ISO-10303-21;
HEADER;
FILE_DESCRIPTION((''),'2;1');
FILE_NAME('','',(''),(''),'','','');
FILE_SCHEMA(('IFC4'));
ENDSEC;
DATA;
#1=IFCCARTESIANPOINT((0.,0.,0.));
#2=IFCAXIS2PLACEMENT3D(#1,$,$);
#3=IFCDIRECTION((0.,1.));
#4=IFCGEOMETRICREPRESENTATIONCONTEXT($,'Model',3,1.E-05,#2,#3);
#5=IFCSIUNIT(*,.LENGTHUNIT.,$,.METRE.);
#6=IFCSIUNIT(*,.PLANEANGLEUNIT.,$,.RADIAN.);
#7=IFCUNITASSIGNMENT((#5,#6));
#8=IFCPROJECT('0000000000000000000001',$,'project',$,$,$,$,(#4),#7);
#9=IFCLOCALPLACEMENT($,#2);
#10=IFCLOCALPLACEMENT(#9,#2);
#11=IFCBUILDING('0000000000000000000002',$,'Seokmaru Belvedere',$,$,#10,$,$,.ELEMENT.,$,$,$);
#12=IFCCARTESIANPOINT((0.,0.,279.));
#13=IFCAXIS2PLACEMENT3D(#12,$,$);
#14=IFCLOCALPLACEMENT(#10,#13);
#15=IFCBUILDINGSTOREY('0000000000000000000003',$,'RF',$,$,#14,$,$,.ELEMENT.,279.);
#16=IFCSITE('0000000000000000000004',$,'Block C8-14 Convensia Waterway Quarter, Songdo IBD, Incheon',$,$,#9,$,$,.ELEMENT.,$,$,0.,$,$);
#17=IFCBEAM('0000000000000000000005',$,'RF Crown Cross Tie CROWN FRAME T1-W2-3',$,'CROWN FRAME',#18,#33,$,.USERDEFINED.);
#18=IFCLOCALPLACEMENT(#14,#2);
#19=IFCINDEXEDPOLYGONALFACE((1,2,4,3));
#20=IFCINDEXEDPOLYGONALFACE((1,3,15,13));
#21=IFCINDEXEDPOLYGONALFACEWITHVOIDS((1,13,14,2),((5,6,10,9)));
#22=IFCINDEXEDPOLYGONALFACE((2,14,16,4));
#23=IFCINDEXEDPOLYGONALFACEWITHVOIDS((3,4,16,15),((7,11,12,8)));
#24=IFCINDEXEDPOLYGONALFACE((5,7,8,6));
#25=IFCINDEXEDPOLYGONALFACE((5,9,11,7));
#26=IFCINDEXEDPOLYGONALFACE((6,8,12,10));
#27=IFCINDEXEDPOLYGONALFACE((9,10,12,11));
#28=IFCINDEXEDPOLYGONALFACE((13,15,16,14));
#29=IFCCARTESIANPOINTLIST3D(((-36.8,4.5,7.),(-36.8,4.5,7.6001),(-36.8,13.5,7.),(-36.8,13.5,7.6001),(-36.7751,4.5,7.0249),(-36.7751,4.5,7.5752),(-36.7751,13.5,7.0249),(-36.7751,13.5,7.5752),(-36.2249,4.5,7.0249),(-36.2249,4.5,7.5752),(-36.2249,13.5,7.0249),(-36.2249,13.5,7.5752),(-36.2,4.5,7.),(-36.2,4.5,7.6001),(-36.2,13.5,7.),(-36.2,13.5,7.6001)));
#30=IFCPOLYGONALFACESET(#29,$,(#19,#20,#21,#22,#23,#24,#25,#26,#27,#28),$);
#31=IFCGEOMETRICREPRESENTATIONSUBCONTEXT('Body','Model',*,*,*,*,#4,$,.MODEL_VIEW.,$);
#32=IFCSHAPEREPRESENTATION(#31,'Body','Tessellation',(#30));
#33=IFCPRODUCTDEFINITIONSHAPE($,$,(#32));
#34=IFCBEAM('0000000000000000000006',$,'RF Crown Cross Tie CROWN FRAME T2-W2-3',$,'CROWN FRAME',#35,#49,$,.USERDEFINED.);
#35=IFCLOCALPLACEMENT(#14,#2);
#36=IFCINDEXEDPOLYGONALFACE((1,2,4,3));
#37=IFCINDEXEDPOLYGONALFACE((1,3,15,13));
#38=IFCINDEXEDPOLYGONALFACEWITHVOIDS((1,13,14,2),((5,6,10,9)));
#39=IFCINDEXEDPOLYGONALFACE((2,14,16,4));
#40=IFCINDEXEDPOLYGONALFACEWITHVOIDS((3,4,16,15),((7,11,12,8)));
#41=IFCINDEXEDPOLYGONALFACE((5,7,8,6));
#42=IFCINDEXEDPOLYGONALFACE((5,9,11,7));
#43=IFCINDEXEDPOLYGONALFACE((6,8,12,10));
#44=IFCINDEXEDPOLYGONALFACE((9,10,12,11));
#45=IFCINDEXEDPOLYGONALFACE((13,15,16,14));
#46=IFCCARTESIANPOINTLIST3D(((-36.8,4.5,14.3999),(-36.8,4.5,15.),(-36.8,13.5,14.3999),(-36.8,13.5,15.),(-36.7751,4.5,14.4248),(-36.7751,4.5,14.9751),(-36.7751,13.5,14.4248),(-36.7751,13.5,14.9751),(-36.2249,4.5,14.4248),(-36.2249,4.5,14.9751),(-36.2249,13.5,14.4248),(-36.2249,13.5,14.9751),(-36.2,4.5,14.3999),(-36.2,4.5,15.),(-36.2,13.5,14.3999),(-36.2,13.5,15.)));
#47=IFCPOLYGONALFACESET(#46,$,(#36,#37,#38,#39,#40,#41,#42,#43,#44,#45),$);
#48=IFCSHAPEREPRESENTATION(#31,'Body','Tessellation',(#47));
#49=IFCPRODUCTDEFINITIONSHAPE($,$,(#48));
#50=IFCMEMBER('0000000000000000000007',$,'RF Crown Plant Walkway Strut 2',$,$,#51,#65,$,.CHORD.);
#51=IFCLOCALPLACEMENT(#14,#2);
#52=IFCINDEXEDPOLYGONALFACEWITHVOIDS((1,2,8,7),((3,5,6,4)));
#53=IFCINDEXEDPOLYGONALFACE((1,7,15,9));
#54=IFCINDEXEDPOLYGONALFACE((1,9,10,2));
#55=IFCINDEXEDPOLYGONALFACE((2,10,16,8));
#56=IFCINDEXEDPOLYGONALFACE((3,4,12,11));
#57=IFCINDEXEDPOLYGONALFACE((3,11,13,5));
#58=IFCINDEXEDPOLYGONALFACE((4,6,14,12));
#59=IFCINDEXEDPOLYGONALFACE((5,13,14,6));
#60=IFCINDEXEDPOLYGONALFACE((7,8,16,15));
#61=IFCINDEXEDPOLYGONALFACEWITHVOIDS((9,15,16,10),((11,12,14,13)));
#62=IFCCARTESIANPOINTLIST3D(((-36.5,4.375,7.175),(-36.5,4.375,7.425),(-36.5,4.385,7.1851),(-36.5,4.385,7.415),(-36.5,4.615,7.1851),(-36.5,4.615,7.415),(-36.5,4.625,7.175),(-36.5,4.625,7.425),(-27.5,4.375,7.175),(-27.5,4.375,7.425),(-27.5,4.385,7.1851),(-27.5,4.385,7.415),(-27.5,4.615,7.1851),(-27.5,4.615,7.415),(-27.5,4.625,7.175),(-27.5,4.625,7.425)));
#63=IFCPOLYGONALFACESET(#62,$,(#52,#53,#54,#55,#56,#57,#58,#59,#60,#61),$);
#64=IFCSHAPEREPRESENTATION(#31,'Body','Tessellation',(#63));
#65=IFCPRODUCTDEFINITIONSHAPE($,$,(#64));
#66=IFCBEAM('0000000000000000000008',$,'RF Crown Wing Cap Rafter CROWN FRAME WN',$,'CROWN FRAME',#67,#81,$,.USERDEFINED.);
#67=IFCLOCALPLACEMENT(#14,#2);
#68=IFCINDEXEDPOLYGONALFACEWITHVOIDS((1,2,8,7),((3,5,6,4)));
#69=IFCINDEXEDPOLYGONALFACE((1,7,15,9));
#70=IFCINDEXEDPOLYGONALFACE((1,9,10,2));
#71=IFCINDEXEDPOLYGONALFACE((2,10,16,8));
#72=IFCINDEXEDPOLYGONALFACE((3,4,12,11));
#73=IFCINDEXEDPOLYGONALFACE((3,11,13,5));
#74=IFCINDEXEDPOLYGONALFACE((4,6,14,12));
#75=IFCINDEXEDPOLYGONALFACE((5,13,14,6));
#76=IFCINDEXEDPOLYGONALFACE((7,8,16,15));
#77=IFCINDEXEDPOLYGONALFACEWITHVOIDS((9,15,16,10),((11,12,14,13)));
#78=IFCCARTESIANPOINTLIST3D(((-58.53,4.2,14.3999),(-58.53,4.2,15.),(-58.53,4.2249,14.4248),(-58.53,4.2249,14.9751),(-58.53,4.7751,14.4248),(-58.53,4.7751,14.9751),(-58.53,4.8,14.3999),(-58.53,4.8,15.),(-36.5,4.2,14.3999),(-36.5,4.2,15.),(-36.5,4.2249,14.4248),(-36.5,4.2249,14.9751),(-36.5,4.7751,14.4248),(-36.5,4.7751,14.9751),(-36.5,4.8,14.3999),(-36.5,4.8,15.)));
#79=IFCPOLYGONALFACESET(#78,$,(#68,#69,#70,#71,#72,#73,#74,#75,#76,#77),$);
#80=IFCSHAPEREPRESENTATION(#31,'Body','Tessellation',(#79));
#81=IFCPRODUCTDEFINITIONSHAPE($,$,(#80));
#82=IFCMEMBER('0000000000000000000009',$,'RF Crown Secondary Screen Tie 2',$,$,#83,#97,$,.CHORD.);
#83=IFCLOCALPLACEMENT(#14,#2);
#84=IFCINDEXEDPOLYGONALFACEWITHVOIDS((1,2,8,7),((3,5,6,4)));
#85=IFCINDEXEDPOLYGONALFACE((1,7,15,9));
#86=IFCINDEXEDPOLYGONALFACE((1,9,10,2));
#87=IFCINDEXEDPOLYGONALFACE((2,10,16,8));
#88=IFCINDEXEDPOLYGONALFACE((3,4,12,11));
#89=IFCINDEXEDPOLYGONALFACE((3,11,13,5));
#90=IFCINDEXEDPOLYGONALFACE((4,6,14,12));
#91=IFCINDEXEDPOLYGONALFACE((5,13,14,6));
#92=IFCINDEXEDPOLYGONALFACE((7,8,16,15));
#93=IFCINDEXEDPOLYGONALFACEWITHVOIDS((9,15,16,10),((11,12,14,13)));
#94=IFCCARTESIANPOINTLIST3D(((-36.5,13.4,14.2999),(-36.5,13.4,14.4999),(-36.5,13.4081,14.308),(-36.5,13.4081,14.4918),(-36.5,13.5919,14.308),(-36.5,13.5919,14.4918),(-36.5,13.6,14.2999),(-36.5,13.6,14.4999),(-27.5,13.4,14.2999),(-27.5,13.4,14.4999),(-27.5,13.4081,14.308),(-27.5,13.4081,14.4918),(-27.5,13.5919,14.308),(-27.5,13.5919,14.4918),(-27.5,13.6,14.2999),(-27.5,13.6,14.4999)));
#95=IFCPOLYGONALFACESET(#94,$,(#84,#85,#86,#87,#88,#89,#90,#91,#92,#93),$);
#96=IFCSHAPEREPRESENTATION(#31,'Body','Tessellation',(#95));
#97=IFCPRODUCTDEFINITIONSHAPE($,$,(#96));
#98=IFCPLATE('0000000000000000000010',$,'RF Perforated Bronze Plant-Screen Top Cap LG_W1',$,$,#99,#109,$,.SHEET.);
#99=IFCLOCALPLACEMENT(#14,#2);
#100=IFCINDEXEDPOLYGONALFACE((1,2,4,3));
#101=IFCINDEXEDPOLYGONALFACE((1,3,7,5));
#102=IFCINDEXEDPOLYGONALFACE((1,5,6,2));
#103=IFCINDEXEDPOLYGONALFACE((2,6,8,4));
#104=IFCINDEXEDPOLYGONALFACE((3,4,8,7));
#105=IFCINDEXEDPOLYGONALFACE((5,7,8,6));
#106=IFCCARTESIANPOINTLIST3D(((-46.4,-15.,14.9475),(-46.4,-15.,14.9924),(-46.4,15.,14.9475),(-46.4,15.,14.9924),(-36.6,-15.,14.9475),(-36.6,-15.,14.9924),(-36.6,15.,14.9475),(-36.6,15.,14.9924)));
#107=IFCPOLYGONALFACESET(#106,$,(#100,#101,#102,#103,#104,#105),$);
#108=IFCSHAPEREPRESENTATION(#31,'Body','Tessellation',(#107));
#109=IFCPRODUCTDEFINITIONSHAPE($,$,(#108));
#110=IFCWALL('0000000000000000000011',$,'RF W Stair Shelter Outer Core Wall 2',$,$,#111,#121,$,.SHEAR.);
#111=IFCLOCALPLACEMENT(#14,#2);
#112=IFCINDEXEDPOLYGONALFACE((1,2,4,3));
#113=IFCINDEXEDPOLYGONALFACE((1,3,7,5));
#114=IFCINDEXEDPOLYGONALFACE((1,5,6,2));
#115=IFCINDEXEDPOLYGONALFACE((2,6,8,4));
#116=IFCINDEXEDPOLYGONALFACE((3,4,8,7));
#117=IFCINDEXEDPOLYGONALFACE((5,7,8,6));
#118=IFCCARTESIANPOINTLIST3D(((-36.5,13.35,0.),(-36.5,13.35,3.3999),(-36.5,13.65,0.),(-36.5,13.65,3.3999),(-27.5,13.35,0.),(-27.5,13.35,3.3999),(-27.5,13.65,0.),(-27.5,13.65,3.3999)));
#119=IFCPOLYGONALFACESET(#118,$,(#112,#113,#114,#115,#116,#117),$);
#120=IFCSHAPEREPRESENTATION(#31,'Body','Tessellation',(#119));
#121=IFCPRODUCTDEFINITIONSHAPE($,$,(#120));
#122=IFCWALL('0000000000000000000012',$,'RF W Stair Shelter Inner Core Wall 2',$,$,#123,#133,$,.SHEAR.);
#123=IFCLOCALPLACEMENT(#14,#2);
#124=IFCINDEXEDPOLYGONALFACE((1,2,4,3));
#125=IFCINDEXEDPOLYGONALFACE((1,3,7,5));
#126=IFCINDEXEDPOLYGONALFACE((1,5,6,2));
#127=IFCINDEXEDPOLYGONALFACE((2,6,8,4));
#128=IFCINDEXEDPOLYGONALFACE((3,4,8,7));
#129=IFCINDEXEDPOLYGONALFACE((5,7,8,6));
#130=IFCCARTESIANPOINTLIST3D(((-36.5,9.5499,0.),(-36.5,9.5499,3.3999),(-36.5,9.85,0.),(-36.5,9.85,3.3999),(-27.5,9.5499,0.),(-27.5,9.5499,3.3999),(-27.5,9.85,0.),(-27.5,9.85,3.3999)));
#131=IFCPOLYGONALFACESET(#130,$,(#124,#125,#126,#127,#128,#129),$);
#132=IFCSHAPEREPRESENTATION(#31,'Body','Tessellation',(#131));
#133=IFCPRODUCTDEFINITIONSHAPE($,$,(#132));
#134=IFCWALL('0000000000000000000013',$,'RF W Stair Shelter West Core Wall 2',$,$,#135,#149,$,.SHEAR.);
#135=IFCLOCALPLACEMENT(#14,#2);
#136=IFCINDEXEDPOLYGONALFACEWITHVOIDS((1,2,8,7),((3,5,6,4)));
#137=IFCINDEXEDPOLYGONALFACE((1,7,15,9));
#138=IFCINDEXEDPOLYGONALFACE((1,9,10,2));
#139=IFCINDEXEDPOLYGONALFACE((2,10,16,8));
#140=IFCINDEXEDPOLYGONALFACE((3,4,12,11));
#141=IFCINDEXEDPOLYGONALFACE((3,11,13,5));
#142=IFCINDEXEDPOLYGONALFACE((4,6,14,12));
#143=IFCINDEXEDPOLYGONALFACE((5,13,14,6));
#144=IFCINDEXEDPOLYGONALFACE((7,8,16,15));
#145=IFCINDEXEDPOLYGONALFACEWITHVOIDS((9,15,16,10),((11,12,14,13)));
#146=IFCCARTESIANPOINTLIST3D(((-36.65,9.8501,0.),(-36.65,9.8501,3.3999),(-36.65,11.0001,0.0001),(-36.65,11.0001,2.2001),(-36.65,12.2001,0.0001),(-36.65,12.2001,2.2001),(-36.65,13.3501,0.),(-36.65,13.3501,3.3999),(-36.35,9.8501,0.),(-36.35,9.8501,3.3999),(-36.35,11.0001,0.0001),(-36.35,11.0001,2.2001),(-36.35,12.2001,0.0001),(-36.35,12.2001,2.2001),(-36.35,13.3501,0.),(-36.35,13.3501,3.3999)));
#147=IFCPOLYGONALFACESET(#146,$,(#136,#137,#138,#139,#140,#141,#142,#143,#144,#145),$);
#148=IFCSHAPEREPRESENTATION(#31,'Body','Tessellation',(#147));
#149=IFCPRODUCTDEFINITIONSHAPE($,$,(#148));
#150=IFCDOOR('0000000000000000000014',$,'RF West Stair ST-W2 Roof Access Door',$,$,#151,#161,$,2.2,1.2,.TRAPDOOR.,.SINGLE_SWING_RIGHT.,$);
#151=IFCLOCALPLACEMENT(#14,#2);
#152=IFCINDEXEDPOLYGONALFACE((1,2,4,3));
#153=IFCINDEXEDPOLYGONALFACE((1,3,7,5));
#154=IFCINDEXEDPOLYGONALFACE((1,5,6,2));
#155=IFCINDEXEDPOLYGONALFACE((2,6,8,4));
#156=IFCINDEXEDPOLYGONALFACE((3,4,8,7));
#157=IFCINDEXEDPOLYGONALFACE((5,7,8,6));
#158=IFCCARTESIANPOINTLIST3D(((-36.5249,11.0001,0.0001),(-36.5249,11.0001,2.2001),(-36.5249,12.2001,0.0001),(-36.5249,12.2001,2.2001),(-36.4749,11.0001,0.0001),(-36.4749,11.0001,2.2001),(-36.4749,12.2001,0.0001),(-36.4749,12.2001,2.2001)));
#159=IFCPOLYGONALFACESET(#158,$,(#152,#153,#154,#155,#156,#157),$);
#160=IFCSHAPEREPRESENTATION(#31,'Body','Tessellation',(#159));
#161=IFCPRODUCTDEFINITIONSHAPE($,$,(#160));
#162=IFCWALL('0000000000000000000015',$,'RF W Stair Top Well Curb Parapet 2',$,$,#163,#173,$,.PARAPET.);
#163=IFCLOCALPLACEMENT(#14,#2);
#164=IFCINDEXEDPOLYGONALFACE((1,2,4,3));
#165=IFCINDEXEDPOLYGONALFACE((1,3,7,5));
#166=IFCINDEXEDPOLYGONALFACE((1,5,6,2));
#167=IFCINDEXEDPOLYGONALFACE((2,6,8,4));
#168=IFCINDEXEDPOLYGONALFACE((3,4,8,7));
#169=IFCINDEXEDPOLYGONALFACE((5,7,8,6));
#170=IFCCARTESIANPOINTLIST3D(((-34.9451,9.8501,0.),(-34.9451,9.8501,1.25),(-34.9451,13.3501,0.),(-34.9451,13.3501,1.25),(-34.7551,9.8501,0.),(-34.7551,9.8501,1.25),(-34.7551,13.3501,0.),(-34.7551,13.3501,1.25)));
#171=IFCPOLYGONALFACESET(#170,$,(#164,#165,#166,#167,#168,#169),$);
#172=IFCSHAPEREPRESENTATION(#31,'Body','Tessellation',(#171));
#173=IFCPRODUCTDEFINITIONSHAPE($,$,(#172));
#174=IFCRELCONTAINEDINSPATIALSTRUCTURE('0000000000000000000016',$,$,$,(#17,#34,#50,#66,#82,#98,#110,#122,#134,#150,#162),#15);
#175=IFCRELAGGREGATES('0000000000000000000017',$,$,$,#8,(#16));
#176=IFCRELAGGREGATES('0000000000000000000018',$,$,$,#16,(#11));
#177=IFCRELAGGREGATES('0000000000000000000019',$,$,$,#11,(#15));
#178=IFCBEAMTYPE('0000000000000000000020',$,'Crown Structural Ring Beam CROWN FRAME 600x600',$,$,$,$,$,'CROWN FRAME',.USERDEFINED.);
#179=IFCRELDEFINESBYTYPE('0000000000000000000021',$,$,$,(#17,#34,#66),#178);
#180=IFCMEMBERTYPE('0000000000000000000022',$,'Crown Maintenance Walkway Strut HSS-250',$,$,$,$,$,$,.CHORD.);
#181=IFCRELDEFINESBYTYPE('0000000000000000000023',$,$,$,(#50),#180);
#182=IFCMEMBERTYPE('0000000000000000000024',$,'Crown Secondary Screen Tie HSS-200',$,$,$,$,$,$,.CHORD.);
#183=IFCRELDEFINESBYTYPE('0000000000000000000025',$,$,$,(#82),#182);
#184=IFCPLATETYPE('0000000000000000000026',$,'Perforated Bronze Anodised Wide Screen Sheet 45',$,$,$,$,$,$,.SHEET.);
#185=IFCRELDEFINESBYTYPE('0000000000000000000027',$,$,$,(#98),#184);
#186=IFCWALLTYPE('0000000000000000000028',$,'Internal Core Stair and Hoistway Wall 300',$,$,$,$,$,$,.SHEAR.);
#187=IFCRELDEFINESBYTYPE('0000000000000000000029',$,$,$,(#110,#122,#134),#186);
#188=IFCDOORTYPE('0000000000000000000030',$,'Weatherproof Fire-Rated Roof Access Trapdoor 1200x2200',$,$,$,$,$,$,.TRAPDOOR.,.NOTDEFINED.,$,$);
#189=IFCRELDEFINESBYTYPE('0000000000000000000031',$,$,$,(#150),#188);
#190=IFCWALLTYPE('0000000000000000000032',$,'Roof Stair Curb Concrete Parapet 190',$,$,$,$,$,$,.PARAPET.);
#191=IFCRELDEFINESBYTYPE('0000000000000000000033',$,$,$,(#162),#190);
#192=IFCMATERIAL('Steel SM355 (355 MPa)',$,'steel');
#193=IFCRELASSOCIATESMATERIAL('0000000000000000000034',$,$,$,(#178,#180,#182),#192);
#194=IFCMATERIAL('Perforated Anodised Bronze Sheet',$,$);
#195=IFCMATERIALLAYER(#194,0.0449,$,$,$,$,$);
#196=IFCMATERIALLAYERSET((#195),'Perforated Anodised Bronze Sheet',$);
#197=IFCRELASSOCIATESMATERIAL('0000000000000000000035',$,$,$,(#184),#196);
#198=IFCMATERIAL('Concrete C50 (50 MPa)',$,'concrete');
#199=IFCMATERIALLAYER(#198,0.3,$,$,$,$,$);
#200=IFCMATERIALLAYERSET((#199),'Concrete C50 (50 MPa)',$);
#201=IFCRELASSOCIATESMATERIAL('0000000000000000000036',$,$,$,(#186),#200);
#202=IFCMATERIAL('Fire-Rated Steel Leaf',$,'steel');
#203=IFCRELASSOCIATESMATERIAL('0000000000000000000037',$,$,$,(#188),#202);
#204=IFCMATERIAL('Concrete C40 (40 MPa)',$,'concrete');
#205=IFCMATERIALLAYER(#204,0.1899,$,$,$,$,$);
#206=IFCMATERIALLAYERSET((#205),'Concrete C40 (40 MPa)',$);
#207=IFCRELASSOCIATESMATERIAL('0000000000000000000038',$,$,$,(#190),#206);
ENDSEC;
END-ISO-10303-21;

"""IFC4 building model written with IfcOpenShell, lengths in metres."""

from ifc_helpers import new_model, si_unit, direction, frame, frame_2d, origin, origin_2d, place, context, subcontext, project, spatial, rectangle, hollow_rectangle, extrude, source, transform, mapped, material, layer, layer_set, material_profile, profile_set, type_object, type_shapes, element, fill, save


model = new_model("IFC4")

# Units and contexts
model_context = context("Model", 3, precision=1e-05, world=origin(), true_north=direction((0.0, 1.0)))
body_context = subcontext(model_context, "Body", "Model", "MODEL_VIEW")
ifc_project = project(units=[si_unit("LENGTHUNIT", "METRE"), si_unit("PLANEANGLEUNIT", "RADIAN")], contexts=[model_context])

# Site, building, storey
site_placement = place(None, origin())
site = spatial("IfcSite", under=ifc_project, at=site_placement, Name="Block C8-14 Convensia Waterway Quarter, Songdo IBD, Incheon", CompositionType="ELEMENT", RefElevation=0.0)
building_placement = place(site_placement, origin())
building = spatial("IfcBuilding", under=site, at=building_placement, Name="Seokmaru Belvedere", CompositionType="ELEMENT")
storey_placement = place(building_placement, frame((0.0, 0.0, 279.0)))
storey = spatial("IfcBuildingStorey", under=building, at=storey_placement, Name="RF", CompositionType="ELEMENT", Elevation=279.0)

# Shared definitions
ifc_material_1 = material(Name="Steel SM355 (355 MPa)", Category="steel")

# Beams
ifc_material_profile_1 = material_profile(ifc_material_1, hollow_rectangle(XDim=0.6001, YDim=0.6001, WallThickness=0.0249, at=origin_2d()), Name="HSS-600x600x25")
ifc_profile_set_1 = profile_set([ifc_material_profile_1], Name="Steel SM355 (355 MPa)")
beam_type_1 = type_object("IfcBeamType", Name="Crown Structural Ring Beam CROWN FRAME 600x600", ElementType="CROWN FRAME", PredefinedType="USERDEFINED", material=ifc_profile_set_1)
shared_shape_1 = source(origin(), body_context, "Body", "SweptSolid", [
    extrude(hollow_rectangle(XDim=0.6001, YDim=0.6001, WallThickness=0.0249, at=origin_2d()), origin(), (0.0, 0.0, 1.0), 9.0),
])
for number, where, z_axis, x_axis, name in (
    (1, (-36.5, 4.5, 7.3), (0.0, 1.0, 0.0), (-1.0, 0.0, 0.0), "RF Crown Cross Tie CROWN FRAME T1-W2-3"),
    (2, (-36.5, 4.5, 14.7), (0.0, 1.0, 0.0), (-1.0, 0.0, 0.0), "RF Crown Cross Tie CROWN FRAME T2-W2-3"),
):
    element("IfcBeam", number, at=place(storey_placement, frame(where, z_axis=z_axis, x_axis=x_axis)), inside=storey, type_object=beam_type_1, Name=name, ObjectType="CROWN FRAME", PredefinedType="USERDEFINED", context=body_context, shape_type="MappedRepresentation", body=[
        mapped(shared_shape_1, transform((0.0, 0.0, 0.0), scale=1.0)),
    ])

# Member
ifc_material_profile_2 = material_profile(ifc_material_1, hollow_rectangle(XDim=0.25, YDim=0.25, WallThickness=0.01, at=origin_2d()), Name="HSS-250x250x10")
ifc_profile_set_2 = profile_set([ifc_material_profile_2], Name="Steel SM355 (355 MPa)")
member_type_1 = type_object("IfcMemberType", Name="Crown Maintenance Walkway Strut HSS-250", PredefinedType="CHORD", material=ifc_profile_set_2)
shared_shape_2 = source(origin(), body_context, "Body", "SweptSolid", [
    extrude(hollow_rectangle(XDim=0.25, YDim=0.25, WallThickness=0.01, at=origin_2d()), origin(), (0.0, 0.0, 1.0), 9.0),
])
type_shapes(member_type_1, [shared_shape_2])
member_1_placement = place(storey_placement, frame((-36.5, 4.5, 7.3), z_axis=(1.0, 0.0, 0.0), x_axis=(0.0, 1.0, 0.0)))
element("IfcMember", 3, at=member_1_placement, inside=storey, type_object=member_type_1, Name="RF Crown Plant Walkway Strut 2", PredefinedType="CHORD", context=body_context, shape_type="MappedRepresentation", body=[
    mapped(shared_shape_2, transform((0.0, 0.0, 0.0), scale=1.0)),
])

# Beam
shared_shape_3 = source(origin(), body_context, "Body", "SweptSolid", [
    extrude(hollow_rectangle(XDim=0.6001, YDim=0.6001, WallThickness=0.0249, at=origin_2d()), origin(), (0.0, 0.0, 1.0), 22.03),
])
type_shapes(beam_type_1, [shared_shape_1, shared_shape_3])
beam_1_placement = place(storey_placement, frame((-36.5, 4.5, 14.7), z_axis=(-1.0, 0.0, 0.0), x_axis=(0.0, -1.0, 0.0)))
element("IfcBeam", 4, at=beam_1_placement, inside=storey, type_object=beam_type_1, Name="RF Crown Wing Cap Rafter CROWN FRAME WN", ObjectType="CROWN FRAME", PredefinedType="USERDEFINED", context=body_context, shape_type="MappedRepresentation", body=[
    mapped(shared_shape_3, transform((0.0, 0.0, 0.0), scale=1.0)),
])

# Member
ifc_material_profile_3 = material_profile(ifc_material_1, hollow_rectangle(XDim=0.2, YDim=0.2, WallThickness=0.0081, at=origin_2d()), Name="HSS-200x200x8")
ifc_profile_set_3 = profile_set([ifc_material_profile_3], Name="Steel SM355 (355 MPa)")
member_type_2 = type_object("IfcMemberType", Name="Crown Secondary Screen Tie HSS-200", PredefinedType="CHORD", material=ifc_profile_set_3)
shared_shape_4 = source(origin(), body_context, "Body", "SweptSolid", [
    extrude(hollow_rectangle(XDim=0.2, YDim=0.2, WallThickness=0.0081, at=origin_2d()), origin(), (0.0, 0.0, 1.0), 9.0),
])
type_shapes(member_type_2, [shared_shape_4])
member_2_placement = place(storey_placement, frame((-36.5, 13.5, 14.3999), z_axis=(1.0, 0.0, 0.0), x_axis=(0.0, 1.0, 0.0)))
element("IfcMember", 5, at=member_2_placement, inside=storey, type_object=member_type_2, Name="RF Crown Secondary Screen Tie 2", PredefinedType="CHORD", context=body_context, shape_type="MappedRepresentation", body=[
    mapped(shared_shape_4, transform((0.0, 0.0, 0.0), scale=1.0)),
])

# Plate
ifc_material_2 = material(Name="Perforated Anodised Bronze Sheet")
ifc_layer_1 = layer(ifc_material_2, 0.0449)
ifc_layer_set_1 = layer_set([ifc_layer_1], Name="Perforated Anodised Bronze Sheet")
plate_type = type_object("IfcPlateType", Name="Perforated Bronze Anodised Wide Screen Sheet 45", PredefinedType="SHEET", material=ifc_layer_set_1)
shared_shape_5 = source(origin(), body_context, "Body", "SweptSolid", [
    extrude(rectangle(XDim=9.8, YDim=30.0, at=origin_2d()), origin(), (0.0, 0.0, 1.0), 0.0449),
])
type_shapes(plate_type, [shared_shape_5])
plate_placement = place(storey_placement, frame((-41.5, 0.0, 14.9475), z_axis=(0.0, 0.0, 1.0), x_axis=(1.0, 0.0, 0.0)))
element("IfcPlate", 6, at=plate_placement, inside=storey, type_object=plate_type, Name="RF Perforated Bronze Plant-Screen Top Cap LG_W1", PredefinedType="SHEET", context=body_context, shape_type="MappedRepresentation", body=[
    mapped(shared_shape_5, transform((0.0, 0.0, 0.0), scale=1.0)),
])

# Walls
ifc_material_3 = material(Name="Concrete C50 (50 MPa)", Category="concrete")
ifc_layer_2 = layer(ifc_material_3, 0.3)
ifc_layer_set_2 = layer_set([ifc_layer_2], Name="Concrete C50 (50 MPa)")
wall_type_1 = type_object("IfcWallType", Name="Internal Core Stair and Hoistway Wall 300", PredefinedType="SHEAR", material=ifc_layer_set_2)
for number, where, z_axis, x_axis, name in (
    (7, (-36.5, 13.5, 0.0), (0.0, 0.0, 1.0), (1.0, 0.0, 0.0), "RF W Stair Shelter Outer Core Wall 2"),
    (8, (-36.5, 9.7, 0.0), (0.0, 0.0, 1.0), (1.0, 0.0, 0.0), "RF W Stair Shelter Inner Core Wall 2"),
):
    element("IfcWall", number, at=place(storey_placement, frame(where, z_axis=z_axis, x_axis=x_axis)), inside=storey, type_object=wall_type_1, Name=name, PredefinedType="SHEAR", context=body_context, shape_type="SweptSolid", body=[
        extrude(rectangle(XDim=9.0, YDim=0.3, at=frame_2d((4.5, 0.0))), origin(), (0.0, 0.0, 1.0), 3.3999),
    ])

# Wall, opening, door
wall_1_placement = place(storey_placement, frame((-36.5, 9.8501, 0.0), z_axis=(0.0, 0.0, 1.0), x_axis=(0.0, 1.0, 0.0)))
wall_1 = element("IfcWall", 9, at=wall_1_placement, inside=storey, type_object=wall_type_1, Name="RF W Stair Shelter West Core Wall 2", PredefinedType="SHEAR", context=body_context, shape_type="SweptSolid", body=[
    extrude(rectangle(XDim=3.5, YDim=0.3, at=frame_2d((1.75, 0.0))), origin(), (0.0, 0.0, 1.0), 3.3999),
])
opening_placement = place(wall_1_placement, frame((1.1499, 0.0, 0.0)))
opening = element("IfcOpeningElement", 10, at=opening_placement, cuts=wall_1, PredefinedType="OPENING", context=body_context, shape_type="SweptSolid", body=[
    extrude(rectangle(XDim=1.2, YDim=2.2, at=frame_2d((0.6001, 1.1001))), frame((0.0, 0.1602, 0.0), z_axis=(0.0, -1.0, 0.0), x_axis=(1.0, 0.0, 0.0)), (0.0, 0.0, 1.0), 0.3201),
])
ifc_material_4 = material(Name="Fire-Rated Steel Leaf", Category="steel")
door_type = type_object("IfcDoorType", Name="Weatherproof Fire-Rated Roof Access Trapdoor 1200x2200", OperationType="NOTDEFINED", PredefinedType="TRAPDOOR", material=ifc_material_4)
shared_shape_6 = source(origin(), body_context, "Body", "SweptSolid", [
    extrude(rectangle(XDim=1.2, YDim=2.2, at=frame_2d((0.6001, 1.1001))), frame((0.0, 0.0249, 0.0), z_axis=(0.0, -1.0, 0.0), x_axis=(1.0, 0.0, 0.0)), (0.0, 0.0, 1.0), 0.05),
])
type_shapes(door_type, [shared_shape_6])
door_placement = place(opening_placement, origin())
door = element("IfcDoor", 11, at=door_placement, inside=storey, type_object=door_type, Name="RF West Stair ST-W2 Roof Access Door", OperationType="SINGLE_SWING_RIGHT", OverallHeight=2.2, OverallWidth=1.2, PredefinedType="TRAPDOOR", context=body_context, shape_type="MappedRepresentation", body=[
    mapped(shared_shape_6, transform((0.0, 0.0, 0.0), scale=1.0)),
])
fill(opening, door)

# Wall
ifc_material_5 = material(Name="Concrete C40 (40 MPa)", Category="concrete")
ifc_layer_3 = layer(ifc_material_5, 0.1899)
ifc_layer_set_3 = layer_set([ifc_layer_3], Name="Concrete C40 (40 MPa)")
wall_type_2 = type_object("IfcWallType", Name="Roof Stair Curb Concrete Parapet 190", PredefinedType="PARAPET", material=ifc_layer_set_3)
wall_2_placement = place(storey_placement, frame((-34.8501, 9.8501, 0.0), z_axis=(0.0, 0.0, 1.0), x_axis=(0.0, 1.0, 0.0)))
element("IfcWall", 12, at=wall_2_placement, inside=storey, type_object=wall_type_2, Name="RF W Stair Top Well Curb Parapet 2", PredefinedType="PARAPET", context=body_context, shape_type="SweptSolid", body=[
    extrude(rectangle(XDim=3.5, YDim=0.1899, at=frame_2d((1.75, 0.0))), origin(), (0.0, 0.0, 1.0), 1.25),
])

save(model, "model.ifc")
